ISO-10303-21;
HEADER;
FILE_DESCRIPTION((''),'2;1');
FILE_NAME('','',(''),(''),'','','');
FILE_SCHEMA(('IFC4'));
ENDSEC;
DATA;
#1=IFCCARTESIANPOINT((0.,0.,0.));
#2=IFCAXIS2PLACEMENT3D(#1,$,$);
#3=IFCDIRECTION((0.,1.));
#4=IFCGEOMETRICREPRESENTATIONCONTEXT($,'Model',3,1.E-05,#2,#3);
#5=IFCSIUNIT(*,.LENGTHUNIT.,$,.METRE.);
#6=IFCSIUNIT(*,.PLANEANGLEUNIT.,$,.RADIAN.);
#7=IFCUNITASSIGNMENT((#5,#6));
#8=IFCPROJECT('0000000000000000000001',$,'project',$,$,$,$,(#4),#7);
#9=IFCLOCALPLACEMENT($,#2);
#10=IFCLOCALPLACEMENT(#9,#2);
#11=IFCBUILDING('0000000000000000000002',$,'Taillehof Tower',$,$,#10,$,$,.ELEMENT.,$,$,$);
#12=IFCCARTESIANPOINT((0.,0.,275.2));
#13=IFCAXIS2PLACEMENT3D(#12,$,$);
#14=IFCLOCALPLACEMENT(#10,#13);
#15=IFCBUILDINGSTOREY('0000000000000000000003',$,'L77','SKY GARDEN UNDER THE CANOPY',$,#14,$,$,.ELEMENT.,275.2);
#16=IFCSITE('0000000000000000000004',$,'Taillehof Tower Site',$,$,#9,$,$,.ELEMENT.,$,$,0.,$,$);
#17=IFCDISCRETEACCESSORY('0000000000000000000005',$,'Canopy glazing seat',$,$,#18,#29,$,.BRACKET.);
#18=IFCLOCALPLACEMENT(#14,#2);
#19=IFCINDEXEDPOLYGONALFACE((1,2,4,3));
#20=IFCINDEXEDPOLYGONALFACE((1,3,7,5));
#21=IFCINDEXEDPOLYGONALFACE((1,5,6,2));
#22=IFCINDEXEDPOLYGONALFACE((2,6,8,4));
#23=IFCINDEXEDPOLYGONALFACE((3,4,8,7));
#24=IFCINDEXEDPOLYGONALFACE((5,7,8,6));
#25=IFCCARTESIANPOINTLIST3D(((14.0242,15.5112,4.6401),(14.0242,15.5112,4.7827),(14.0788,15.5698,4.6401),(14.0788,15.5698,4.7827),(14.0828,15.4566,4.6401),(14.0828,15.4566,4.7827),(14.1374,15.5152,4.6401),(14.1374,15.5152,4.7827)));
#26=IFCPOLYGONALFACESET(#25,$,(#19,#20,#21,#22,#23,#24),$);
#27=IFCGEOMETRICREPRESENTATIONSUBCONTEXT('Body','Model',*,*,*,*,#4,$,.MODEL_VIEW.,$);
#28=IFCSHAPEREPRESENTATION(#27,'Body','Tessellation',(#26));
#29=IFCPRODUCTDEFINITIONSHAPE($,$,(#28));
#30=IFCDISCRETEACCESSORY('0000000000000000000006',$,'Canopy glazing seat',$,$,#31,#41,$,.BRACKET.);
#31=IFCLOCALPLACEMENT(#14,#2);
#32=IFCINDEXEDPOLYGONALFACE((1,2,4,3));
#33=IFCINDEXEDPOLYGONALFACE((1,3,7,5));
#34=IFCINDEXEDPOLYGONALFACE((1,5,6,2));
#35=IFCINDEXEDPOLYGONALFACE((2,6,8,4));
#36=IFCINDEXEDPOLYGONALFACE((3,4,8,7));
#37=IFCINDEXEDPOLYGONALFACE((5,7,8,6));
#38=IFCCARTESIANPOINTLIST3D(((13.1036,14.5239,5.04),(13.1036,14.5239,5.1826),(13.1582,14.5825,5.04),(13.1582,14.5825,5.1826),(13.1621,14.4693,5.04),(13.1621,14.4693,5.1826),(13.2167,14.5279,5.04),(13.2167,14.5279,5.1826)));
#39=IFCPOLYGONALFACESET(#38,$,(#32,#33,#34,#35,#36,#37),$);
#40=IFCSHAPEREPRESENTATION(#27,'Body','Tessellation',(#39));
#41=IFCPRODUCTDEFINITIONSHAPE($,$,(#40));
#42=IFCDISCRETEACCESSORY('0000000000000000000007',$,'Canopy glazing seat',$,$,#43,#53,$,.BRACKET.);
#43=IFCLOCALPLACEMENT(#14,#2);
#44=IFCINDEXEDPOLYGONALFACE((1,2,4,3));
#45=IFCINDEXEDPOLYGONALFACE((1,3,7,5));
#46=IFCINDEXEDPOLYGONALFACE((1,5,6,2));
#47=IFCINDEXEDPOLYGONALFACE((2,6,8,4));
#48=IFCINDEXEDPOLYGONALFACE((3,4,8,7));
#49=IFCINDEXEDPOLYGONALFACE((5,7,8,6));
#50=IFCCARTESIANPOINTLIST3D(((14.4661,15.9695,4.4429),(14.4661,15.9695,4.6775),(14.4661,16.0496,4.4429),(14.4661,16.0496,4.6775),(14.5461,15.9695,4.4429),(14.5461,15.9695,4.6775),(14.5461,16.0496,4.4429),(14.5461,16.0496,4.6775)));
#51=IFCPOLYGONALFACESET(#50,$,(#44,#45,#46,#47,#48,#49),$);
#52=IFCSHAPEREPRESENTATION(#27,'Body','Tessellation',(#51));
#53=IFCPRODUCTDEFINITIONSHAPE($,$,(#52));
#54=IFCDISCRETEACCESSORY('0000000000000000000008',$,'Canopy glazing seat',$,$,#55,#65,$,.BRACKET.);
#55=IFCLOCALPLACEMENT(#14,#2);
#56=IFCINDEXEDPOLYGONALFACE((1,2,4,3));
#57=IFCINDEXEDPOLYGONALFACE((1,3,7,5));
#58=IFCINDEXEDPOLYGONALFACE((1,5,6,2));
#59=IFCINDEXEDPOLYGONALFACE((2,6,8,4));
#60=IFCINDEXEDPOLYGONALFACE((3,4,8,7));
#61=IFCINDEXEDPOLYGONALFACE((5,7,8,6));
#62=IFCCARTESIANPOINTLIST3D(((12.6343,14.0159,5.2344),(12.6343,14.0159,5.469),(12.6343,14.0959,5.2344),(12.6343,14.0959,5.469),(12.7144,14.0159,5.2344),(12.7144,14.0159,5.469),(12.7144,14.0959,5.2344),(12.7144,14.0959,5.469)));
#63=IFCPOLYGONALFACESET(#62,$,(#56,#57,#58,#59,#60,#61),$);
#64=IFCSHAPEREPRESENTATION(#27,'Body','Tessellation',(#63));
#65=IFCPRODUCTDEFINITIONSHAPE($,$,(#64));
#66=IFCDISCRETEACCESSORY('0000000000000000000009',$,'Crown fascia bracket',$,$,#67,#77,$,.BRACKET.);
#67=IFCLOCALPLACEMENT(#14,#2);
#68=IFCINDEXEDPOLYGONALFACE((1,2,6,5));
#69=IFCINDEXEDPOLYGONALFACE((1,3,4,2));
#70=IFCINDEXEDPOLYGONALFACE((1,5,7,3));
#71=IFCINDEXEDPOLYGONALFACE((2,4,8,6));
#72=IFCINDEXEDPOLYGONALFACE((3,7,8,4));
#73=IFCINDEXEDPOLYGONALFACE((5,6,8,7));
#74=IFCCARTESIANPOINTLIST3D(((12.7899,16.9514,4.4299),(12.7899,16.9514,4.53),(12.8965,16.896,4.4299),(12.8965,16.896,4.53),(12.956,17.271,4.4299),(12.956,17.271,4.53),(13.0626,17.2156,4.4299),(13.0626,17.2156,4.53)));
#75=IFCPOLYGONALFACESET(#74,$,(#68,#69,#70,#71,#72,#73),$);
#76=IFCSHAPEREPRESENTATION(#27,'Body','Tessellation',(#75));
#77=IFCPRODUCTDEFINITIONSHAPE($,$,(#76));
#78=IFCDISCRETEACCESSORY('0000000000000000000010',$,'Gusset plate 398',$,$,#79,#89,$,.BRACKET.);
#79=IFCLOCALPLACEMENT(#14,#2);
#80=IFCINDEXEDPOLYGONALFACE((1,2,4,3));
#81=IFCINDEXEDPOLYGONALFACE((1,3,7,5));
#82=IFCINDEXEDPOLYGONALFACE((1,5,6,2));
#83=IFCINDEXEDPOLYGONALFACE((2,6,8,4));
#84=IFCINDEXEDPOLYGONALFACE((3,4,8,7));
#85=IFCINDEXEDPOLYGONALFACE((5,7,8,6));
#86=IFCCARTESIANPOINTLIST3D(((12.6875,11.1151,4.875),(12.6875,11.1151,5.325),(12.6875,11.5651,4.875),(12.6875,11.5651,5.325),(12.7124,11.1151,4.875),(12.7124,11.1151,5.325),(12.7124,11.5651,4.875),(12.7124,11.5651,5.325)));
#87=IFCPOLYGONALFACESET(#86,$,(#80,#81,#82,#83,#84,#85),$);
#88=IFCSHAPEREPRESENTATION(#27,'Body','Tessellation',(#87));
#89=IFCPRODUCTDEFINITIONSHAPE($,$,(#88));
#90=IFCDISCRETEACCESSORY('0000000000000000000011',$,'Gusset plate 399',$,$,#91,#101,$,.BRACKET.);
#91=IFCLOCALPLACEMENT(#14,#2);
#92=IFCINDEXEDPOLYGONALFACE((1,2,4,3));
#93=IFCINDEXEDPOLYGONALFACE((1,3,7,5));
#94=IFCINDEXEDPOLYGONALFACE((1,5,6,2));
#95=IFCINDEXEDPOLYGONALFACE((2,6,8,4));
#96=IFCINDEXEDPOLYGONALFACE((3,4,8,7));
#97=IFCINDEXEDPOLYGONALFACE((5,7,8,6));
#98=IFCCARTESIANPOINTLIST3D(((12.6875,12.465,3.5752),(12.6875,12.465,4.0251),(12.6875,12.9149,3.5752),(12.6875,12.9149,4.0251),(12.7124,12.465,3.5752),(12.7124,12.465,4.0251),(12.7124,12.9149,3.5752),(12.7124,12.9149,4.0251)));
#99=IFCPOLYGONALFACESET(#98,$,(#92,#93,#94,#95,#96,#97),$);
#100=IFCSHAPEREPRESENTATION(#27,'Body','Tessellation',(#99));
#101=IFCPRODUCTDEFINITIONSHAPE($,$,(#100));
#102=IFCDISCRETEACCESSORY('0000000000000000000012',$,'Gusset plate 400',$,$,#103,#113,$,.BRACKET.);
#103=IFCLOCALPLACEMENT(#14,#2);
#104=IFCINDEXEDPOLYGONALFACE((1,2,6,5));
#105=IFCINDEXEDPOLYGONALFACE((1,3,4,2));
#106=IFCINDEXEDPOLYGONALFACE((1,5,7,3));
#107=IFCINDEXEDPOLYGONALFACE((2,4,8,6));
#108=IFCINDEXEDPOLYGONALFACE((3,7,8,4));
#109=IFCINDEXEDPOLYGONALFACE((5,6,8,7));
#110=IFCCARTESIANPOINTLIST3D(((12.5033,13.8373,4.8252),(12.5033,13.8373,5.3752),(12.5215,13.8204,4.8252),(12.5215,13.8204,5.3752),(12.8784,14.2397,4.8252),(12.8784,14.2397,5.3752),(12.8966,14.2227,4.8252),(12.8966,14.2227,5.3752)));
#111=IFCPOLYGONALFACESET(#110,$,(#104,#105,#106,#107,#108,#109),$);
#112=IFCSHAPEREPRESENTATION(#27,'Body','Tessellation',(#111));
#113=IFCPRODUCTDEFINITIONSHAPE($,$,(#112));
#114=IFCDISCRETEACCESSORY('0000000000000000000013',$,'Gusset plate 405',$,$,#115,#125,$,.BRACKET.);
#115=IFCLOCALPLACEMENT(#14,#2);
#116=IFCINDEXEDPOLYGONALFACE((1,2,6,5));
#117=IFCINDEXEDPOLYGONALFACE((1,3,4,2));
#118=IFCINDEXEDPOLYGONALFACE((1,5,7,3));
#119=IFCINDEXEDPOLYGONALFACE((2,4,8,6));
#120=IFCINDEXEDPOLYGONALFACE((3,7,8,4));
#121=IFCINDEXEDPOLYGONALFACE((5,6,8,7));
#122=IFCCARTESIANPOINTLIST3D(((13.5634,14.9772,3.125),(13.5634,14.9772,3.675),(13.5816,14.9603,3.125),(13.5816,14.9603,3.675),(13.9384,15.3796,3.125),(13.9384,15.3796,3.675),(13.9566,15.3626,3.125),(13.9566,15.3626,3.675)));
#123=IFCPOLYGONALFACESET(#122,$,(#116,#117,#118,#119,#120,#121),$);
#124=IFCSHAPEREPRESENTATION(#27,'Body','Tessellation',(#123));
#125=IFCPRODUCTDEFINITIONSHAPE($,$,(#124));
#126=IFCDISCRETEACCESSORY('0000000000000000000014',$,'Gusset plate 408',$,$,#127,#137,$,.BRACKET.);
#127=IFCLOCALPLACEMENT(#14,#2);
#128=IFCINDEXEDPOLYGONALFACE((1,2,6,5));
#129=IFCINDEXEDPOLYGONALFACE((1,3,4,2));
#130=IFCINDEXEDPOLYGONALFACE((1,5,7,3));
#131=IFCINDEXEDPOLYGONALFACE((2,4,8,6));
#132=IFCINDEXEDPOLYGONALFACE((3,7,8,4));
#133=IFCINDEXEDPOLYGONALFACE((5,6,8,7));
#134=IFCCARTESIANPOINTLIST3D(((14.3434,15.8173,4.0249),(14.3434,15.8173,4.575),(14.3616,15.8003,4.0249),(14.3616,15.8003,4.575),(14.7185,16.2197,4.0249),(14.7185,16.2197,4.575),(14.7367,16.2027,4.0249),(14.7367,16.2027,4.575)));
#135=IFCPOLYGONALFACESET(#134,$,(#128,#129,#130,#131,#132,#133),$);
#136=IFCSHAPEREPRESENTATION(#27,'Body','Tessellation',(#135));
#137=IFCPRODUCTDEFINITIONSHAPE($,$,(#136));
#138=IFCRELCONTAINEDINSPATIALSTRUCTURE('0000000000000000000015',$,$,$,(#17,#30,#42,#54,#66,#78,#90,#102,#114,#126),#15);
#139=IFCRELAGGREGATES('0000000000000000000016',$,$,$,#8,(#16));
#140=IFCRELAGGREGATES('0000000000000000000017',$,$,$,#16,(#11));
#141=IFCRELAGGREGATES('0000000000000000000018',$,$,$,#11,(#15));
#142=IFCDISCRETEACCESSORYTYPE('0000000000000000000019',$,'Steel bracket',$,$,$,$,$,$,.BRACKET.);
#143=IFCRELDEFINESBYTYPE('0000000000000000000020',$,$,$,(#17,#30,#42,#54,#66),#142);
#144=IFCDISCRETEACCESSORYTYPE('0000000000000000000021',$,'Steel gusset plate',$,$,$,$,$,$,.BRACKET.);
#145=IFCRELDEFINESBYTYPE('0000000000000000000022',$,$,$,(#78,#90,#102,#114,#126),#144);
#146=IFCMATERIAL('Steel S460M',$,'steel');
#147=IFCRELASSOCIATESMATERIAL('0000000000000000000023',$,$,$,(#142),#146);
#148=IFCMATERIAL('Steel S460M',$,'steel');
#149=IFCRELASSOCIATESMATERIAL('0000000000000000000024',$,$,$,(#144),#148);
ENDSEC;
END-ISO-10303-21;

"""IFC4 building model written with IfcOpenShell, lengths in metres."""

from ifc_helpers import new_model, si_unit, direction, frame, origin, origin_2d, place, context, subcontext, project, spatial, rectangle, extrude, material, type_object, element, save


model = new_model("IFC4")

# Units and contexts
model_context = context("Model", 3, precision=1e-05, world=origin(), true_north=direction((0.0, 1.0)))
body_context = subcontext(model_context, "Body", "Model", "MODEL_VIEW")
ifc_project = project(units=[si_unit("LENGTHUNIT", "METRE"), si_unit("PLANEANGLEUNIT", "RADIAN")], contexts=[model_context])

# Site, building, storey
site_placement = place(None, origin())
site = spatial("IfcSite", under=ifc_project, at=site_placement, Name="Taillehof Tower Site", CompositionType="ELEMENT", RefElevation=0.0)
building_placement = place(site_placement, origin())
building = spatial("IfcBuilding", under=site, at=building_placement, Name="Taillehof Tower", CompositionType="ELEMENT")
storey_placement = place(building_placement, frame((0.0, 0.0, 275.2)))
storey = spatial("IfcBuildingStorey", under=building, at=storey_placement, Name="L77", Description="SKY GARDEN UNDER THE CANOPY", CompositionType="ELEMENT", Elevation=275.2)

# Discrete accessories
ifc_material_1 = material(Name="Steel S460M", Category="steel")
discrete_accessory_type_1 = type_object("IfcDiscreteAccessoryType", Name="Steel bracket", PredefinedType="BRACKET", material=ifc_material_1)
for number, where, z_axis, x_axis, name in (
    (1, (14.0808, 15.5132, 4.6401), (0.0, 0.0, 1.0), (-0.681857, -0.731486, 0.0), "Canopy glazing seat"),
    (2, (13.1602, 14.5259, 5.04), (0.0, 0.0, 1.0), (-0.681857, -0.731486, 0.0), "Canopy glazing seat"),
):
    element("IfcDiscreteAccessory", number, at=place(storey_placement, frame(where, z_axis=z_axis, x_axis=x_axis)), inside=storey, type_object=discrete_accessory_type_1, Name=name, PredefinedType="BRACKET", context=body_context, shape_type="SweptSolid", body=[
        extrude(rectangle(XDim=0.0801, YDim=0.0801, at=origin_2d()), origin(), (0.0, 0.0, 1.0), 0.1426),
    ])
for number, where, z_axis, x_axis, name in (
    (3, (14.5061, 16.0095, 4.4429), (0.0, 0.0, 1.0), (1.0, 0.0, 0.0), "Canopy glazing seat"),
    (4, (12.6743, 14.0559, 5.2344), (0.0, 0.0, 1.0), (1.0, 0.0, 0.0), "Canopy glazing seat"),
):
    element("IfcDiscreteAccessory", number, at=place(storey_placement, frame(where, z_axis=z_axis, x_axis=x_axis)), inside=storey, type_object=discrete_accessory_type_1, Name=name, PredefinedType="BRACKET", context=body_context, shape_type="SweptSolid", body=[
        extrude(rectangle(XDim=0.0801, YDim=0.0801, at=origin_2d()), origin(), (0.0, 0.0, 1.0), 0.2346),
    ])
discrete_accessory_1_placement = place(storey_placement, frame((12.9263, 17.0835, 4.4299), z_axis=(0.0, 0.0, 1.0), x_axis=(0.461145, 0.887325, 0.0)))
element("IfcDiscreteAccessory", 5, at=discrete_accessory_1_placement, inside=storey, type_object=discrete_accessory_type_1, Name="Crown fascia bracket", PredefinedType="BRACKET", context=body_context, shape_type="SweptSolid", body=[
    extrude(rectangle(XDim=0.3601, YDim=0.1201, at=origin_2d()), origin(), (0.0, 0.0, 1.0), 0.1001),
])
ifc_material_2 = material(Name="Steel S460M", Category="steel")
discrete_accessory_type_2 = type_object("IfcDiscreteAccessoryType", Name="Steel gusset plate", PredefinedType="BRACKET", material=ifc_material_2)
for number, where, z_axis, x_axis, name in (
    (6, (12.7, 11.3401, 4.875), (0.0, 0.0, 1.0), (0.0, -1.0, 0.0), "Gusset plate 398"),
    (7, (12.7, 12.6899, 3.5752), (0.0, 0.0, 1.0), (0.0, -1.0, 0.0), "Gusset plate 399"),
):
    element("IfcDiscreteAccessory", number, at=place(storey_placement, frame(where, z_axis=z_axis, x_axis=x_axis)), inside=storey, type_object=discrete_accessory_type_2, Name=name, PredefinedType="BRACKET", context=body_context, shape_type="SweptSolid", body=[
        extrude(rectangle(XDim=0.45, YDim=0.0249, at=origin_2d()), origin(), (0.0, 0.0, 1.0), 0.45),
    ])
for number, where, z_axis, x_axis, name in (
    (8, (12.7, 14.03, 4.8252), (0.0, 0.0, 1.0), (-0.681845, -0.731497, 0.0), "Gusset plate 400"),
    (9, (13.76, 15.1699, 3.125), (0.0, 0.0, 1.0), (-0.681845, -0.731497, 0.0), "Gusset plate 405"),
    (10, (14.54, 16.01, 4.0249), (0.0, 0.0, 1.0), (-0.681845, -0.731497, 0.0), "Gusset plate 408"),
):
    element("IfcDiscreteAccessory", number, at=place(storey_placement, frame(where, z_axis=z_axis, x_axis=x_axis)), inside=storey, type_object=discrete_accessory_type_2, Name=name, PredefinedType="BRACKET", context=body_context, shape_type="SweptSolid", body=[
        extrude(rectangle(XDim=0.55, YDim=0.0249, at=origin_2d()), origin(), (0.0, 0.0, 1.0), 0.55),
    ])

save(model, "model.ifc")
